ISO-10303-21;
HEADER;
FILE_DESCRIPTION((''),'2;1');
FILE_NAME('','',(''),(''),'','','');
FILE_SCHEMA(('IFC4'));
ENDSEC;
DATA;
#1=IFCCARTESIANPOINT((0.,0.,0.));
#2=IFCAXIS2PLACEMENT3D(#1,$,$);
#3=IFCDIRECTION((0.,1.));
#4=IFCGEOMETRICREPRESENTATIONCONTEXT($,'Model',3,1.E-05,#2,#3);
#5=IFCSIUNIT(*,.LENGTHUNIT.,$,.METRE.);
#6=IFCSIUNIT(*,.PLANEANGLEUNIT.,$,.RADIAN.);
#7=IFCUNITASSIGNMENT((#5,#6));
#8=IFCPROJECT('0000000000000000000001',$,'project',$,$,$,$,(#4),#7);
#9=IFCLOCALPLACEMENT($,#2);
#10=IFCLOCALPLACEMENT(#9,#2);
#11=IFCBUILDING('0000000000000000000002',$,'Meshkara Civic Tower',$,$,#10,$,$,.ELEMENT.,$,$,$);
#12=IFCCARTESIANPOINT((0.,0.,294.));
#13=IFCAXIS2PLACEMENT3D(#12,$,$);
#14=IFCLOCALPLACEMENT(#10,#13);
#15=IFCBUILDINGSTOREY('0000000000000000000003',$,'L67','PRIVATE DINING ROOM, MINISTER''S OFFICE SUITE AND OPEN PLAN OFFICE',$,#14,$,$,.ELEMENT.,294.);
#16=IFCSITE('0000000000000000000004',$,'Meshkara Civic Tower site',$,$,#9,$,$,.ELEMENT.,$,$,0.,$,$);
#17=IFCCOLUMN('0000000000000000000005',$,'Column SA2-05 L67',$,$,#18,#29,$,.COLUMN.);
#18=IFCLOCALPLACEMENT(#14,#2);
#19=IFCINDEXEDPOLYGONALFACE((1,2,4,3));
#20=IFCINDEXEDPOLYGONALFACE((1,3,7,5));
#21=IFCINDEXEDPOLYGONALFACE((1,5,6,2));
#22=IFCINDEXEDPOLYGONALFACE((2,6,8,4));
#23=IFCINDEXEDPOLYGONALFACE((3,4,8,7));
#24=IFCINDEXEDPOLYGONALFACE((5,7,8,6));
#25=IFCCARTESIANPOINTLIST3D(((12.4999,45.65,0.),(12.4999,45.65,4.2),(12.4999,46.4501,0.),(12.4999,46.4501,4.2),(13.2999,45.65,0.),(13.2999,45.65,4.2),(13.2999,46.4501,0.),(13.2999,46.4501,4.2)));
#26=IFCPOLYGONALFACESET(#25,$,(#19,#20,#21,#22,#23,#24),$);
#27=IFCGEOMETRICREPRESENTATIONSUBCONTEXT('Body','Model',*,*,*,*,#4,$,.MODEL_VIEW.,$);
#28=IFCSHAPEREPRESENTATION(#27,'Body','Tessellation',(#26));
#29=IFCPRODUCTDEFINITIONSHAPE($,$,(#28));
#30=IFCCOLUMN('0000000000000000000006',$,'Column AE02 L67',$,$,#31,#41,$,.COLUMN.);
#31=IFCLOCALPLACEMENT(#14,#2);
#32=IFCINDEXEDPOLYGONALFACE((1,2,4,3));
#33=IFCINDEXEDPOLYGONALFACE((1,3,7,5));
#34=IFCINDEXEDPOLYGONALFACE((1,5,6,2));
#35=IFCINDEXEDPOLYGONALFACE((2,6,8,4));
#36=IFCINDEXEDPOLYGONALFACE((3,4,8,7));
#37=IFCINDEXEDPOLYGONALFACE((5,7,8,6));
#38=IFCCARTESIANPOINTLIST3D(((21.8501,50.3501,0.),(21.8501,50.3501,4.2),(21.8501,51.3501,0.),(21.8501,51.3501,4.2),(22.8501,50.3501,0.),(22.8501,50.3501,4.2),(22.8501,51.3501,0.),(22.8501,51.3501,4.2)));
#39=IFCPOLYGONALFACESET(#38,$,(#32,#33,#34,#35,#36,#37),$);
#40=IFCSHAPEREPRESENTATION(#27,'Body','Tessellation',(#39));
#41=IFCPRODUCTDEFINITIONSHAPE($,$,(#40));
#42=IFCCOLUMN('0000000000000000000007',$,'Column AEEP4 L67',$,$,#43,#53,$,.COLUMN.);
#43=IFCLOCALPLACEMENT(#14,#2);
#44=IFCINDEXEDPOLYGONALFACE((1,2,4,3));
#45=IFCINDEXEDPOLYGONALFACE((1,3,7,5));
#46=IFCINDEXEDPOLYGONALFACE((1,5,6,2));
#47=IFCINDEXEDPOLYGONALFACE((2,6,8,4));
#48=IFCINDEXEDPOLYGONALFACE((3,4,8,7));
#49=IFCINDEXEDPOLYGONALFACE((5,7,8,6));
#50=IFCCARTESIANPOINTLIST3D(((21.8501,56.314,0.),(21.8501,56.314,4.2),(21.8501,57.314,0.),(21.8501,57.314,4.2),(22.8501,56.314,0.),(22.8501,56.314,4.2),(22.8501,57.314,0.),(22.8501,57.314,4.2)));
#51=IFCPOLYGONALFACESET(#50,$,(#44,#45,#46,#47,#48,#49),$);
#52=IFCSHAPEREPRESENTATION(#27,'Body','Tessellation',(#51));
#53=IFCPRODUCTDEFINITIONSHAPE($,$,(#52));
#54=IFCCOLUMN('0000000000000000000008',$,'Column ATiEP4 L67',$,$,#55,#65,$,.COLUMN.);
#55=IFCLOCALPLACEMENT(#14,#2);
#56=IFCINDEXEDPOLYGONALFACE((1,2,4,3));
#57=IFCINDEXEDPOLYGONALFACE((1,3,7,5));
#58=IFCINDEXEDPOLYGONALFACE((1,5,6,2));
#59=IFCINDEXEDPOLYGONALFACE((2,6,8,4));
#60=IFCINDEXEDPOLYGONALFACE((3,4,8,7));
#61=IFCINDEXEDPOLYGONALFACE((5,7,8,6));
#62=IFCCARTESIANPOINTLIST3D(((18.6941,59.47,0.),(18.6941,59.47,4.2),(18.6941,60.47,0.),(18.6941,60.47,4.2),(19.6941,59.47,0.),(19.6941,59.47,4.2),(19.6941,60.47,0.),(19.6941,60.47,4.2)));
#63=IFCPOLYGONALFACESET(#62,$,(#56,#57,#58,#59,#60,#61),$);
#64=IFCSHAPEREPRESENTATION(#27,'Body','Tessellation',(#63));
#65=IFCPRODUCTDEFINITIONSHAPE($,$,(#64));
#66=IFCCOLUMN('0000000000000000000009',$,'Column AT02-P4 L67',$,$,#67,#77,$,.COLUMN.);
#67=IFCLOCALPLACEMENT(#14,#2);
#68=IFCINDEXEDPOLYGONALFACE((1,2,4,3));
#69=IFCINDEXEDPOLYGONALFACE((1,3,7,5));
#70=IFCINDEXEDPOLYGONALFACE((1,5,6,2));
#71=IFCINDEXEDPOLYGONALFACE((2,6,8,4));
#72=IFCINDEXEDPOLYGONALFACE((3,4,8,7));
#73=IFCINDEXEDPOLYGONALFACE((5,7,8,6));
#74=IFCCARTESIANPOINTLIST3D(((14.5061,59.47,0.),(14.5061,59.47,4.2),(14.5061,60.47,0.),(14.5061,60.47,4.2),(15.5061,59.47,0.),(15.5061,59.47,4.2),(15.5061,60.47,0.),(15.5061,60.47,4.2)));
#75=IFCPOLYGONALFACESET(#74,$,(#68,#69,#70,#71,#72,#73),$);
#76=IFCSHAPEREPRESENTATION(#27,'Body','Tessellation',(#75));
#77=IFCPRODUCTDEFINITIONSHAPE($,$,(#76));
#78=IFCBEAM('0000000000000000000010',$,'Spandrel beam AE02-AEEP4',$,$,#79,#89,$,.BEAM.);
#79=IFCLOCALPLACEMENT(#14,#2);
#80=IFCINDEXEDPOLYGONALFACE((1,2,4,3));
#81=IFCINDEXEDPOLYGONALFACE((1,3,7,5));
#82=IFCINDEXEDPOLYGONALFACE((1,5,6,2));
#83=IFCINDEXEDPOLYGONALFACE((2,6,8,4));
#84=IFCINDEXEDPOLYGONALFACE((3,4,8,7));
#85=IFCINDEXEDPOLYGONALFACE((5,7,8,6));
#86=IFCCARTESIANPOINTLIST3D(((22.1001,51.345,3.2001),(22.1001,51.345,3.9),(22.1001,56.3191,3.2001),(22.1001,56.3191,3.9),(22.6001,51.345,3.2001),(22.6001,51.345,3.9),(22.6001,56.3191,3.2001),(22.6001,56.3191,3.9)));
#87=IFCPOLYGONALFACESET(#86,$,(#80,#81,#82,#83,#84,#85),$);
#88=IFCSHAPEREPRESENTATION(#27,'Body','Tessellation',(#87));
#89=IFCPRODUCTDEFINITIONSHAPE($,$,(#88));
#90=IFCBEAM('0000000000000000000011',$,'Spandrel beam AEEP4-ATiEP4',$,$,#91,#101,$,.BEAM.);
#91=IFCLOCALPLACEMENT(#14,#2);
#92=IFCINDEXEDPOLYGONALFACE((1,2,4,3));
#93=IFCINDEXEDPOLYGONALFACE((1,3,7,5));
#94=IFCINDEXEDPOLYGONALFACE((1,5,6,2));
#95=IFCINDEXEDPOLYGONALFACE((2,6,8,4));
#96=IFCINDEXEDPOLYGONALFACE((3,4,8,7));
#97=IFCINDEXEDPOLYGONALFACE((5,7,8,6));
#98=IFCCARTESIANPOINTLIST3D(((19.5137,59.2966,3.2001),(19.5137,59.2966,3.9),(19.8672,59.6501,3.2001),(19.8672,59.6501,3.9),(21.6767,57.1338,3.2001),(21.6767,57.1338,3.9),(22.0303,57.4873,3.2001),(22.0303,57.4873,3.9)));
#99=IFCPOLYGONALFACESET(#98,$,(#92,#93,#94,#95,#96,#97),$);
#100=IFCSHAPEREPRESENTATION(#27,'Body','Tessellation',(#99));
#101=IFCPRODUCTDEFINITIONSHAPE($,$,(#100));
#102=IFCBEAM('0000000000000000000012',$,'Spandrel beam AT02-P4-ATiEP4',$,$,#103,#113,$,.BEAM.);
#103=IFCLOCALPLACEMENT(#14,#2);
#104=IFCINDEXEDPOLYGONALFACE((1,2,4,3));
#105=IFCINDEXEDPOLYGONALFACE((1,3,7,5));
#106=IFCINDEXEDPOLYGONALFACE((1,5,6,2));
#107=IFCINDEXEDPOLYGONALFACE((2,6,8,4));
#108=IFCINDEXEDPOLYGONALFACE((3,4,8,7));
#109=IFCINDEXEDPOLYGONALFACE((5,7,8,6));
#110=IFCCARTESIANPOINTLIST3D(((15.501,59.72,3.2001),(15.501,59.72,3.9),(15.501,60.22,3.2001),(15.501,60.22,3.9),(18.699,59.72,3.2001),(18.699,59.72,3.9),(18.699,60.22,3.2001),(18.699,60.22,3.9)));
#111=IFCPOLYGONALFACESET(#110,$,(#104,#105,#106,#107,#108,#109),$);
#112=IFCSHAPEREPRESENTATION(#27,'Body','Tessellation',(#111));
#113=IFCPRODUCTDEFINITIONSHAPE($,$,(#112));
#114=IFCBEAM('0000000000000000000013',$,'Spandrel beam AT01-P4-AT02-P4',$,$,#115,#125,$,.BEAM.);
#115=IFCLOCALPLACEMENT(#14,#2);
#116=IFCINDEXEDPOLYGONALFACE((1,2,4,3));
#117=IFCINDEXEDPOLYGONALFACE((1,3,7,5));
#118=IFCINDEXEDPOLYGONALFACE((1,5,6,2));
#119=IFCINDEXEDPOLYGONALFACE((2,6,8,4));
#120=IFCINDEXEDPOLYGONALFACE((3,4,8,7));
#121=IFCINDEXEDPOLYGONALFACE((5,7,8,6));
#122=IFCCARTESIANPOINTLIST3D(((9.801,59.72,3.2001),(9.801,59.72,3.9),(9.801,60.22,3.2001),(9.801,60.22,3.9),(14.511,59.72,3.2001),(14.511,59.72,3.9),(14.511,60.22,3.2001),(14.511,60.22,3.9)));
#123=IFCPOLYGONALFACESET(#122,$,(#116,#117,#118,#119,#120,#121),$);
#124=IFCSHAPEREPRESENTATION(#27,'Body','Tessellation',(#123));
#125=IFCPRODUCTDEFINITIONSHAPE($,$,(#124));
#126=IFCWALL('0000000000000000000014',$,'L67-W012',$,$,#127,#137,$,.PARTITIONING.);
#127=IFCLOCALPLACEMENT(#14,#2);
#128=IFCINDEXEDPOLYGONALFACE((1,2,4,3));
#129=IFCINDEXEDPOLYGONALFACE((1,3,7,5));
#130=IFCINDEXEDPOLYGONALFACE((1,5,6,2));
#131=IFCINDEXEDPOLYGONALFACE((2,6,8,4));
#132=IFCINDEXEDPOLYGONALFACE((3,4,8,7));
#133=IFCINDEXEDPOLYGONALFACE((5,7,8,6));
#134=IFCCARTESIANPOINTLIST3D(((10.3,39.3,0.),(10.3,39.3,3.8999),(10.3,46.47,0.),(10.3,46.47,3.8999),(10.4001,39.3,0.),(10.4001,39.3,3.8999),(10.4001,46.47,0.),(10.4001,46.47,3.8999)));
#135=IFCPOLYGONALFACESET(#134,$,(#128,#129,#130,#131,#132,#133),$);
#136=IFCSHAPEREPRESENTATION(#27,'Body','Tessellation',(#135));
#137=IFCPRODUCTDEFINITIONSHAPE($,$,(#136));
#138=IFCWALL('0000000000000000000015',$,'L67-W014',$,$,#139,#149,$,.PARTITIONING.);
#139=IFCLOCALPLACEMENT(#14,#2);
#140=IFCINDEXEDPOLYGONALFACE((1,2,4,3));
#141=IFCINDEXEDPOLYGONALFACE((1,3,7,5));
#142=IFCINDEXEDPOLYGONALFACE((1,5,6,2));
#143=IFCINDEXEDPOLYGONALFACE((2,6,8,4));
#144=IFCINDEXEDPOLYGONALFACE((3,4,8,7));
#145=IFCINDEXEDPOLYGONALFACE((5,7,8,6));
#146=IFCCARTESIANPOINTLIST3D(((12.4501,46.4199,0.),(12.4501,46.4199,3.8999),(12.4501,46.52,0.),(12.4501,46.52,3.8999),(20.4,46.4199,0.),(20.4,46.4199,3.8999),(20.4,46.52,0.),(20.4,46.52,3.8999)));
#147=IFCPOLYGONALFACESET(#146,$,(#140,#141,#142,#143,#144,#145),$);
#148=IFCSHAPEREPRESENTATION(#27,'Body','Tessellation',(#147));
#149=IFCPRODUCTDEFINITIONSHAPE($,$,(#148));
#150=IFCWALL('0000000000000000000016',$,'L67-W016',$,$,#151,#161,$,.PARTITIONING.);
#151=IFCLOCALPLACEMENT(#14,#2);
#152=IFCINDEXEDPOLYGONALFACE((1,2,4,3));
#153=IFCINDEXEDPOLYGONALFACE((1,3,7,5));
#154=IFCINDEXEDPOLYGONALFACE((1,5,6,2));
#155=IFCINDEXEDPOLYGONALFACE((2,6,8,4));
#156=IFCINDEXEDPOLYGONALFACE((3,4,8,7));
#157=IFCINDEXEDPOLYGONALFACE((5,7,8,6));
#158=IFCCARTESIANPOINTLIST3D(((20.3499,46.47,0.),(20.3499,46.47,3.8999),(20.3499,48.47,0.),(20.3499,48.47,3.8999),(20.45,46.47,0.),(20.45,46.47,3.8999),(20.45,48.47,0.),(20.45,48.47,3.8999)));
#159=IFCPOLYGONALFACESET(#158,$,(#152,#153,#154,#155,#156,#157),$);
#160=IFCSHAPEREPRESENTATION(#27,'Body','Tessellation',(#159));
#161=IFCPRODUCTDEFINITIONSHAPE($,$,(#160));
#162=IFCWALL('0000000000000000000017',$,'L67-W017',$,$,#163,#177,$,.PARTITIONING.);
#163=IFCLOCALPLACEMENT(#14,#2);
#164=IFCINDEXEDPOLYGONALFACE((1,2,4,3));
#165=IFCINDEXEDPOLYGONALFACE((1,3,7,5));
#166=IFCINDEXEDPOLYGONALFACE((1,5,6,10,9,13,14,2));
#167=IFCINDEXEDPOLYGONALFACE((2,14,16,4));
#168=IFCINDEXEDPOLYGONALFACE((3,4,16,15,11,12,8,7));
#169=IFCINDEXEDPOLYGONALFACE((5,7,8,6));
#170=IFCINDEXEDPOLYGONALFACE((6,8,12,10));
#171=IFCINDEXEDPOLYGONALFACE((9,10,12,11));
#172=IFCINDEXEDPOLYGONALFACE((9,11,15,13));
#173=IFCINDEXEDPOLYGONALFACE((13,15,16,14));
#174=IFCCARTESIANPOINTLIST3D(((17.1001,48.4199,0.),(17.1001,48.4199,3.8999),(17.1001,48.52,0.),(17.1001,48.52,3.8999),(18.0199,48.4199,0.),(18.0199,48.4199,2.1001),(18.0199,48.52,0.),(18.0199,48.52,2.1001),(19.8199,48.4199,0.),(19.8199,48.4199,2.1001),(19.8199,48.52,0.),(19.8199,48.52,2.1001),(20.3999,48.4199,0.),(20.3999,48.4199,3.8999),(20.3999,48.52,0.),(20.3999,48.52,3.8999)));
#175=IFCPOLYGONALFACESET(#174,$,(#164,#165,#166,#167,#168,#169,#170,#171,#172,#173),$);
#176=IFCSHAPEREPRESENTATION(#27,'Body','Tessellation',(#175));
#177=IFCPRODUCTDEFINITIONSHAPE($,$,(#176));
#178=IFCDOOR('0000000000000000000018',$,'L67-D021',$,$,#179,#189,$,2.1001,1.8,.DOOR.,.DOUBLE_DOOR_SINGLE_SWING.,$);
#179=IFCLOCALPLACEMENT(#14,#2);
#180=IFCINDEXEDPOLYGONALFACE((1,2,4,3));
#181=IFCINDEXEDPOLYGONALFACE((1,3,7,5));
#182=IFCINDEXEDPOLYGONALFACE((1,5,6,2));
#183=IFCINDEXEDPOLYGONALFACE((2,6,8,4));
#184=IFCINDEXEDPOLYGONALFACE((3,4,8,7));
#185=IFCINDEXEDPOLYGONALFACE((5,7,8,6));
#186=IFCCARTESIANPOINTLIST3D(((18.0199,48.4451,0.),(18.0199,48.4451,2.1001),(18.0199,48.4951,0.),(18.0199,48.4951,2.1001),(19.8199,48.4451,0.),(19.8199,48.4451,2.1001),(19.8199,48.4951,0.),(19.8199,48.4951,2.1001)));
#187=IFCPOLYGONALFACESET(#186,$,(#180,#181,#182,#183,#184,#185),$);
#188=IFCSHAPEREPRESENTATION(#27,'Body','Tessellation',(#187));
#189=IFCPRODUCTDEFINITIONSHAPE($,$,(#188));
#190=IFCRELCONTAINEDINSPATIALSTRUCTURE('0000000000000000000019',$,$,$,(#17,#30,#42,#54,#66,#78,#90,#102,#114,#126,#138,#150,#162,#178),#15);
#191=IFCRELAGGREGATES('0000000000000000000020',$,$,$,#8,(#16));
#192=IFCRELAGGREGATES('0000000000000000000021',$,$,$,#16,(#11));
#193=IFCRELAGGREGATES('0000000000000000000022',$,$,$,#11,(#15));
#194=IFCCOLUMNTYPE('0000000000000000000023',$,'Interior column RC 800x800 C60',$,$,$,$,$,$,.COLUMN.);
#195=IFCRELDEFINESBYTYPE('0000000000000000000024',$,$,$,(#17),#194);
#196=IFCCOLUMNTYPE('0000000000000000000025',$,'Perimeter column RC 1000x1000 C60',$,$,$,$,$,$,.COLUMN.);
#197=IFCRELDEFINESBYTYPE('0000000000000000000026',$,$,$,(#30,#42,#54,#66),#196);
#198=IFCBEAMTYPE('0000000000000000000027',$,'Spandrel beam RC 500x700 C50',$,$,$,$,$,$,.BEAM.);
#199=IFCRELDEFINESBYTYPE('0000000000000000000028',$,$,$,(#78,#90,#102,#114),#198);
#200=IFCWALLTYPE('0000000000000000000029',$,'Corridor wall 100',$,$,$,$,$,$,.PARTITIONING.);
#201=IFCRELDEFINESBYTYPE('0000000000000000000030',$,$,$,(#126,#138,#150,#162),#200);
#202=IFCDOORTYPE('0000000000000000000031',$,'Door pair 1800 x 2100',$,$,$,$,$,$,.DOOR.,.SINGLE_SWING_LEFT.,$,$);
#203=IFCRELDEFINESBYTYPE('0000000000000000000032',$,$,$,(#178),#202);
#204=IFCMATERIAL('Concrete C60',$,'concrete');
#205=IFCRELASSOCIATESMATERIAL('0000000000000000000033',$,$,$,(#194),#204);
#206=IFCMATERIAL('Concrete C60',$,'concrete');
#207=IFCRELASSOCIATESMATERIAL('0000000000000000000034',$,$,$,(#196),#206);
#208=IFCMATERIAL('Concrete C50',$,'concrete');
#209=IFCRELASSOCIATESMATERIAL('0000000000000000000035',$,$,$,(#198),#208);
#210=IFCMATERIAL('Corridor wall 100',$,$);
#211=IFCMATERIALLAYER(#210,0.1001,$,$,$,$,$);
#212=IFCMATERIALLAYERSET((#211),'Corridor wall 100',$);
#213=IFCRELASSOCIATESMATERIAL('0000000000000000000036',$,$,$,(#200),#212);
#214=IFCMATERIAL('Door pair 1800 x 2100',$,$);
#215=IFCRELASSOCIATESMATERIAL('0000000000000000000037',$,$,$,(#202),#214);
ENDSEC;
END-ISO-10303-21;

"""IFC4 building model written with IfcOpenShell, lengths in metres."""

from ifc_helpers import new_model, si_unit, direction, frame, frame_2d, origin, origin_2d, place, context, subcontext, project, spatial, rectangle, extrude, material, layer, layer_set, material_profile, profile_set, type_object, element, fill, save


model = new_model("IFC4")

# Units and contexts
model_context = context("Model", 3, precision=1e-05, world=origin(), true_north=direction((0.0, 1.0)))
body_context = subcontext(model_context, "Body", "Model", "MODEL_VIEW")
ifc_project = project(units=[si_unit("LENGTHUNIT", "METRE"), si_unit("PLANEANGLEUNIT", "RADIAN")], contexts=[model_context])

# Site, building, storey
site_placement = place(None, origin())
site = spatial("IfcSite", under=ifc_project, at=site_placement, Name="Meshkara Civic Tower site", CompositionType="ELEMENT", RefElevation=0.0)
building_placement = place(site_placement, origin())
building = spatial("IfcBuilding", under=site, at=building_placement, Name="Meshkara Civic Tower", CompositionType="ELEMENT")
storey_placement = place(building_placement, frame((0.0, 0.0, 294.0)))
storey = spatial("IfcBuildingStorey", under=building, at=storey_placement, Name="L67", Description="PRIVATE DINING ROOM, MINISTER'S OFFICE SUITE AND OPEN PLAN OFFICE", CompositionType="ELEMENT", Elevation=294.0)

# Columns
ifc_material_1 = material(Name="Concrete C60", Category="concrete")
ifc_material_profile_1 = material_profile(ifc_material_1, rectangle(XDim=0.8, YDim=0.8, at=origin_2d()))
ifc_profile_set_1 = profile_set([ifc_material_profile_1], Name="Concrete C60")
column_type_1 = type_object("IfcColumnType", Name="Interior column RC 800x800 C60", PredefinedType="COLUMN", material=ifc_profile_set_1)
column_placement = place(storey_placement, frame((12.8999, 46.05, 0.0), z_axis=(0.0, 0.0, 1.0), x_axis=(1.0, 0.0, 0.0)))
element("IfcColumn", 1, at=column_placement, inside=storey, type_object=column_type_1, Name="Column SA2-05 L67", PredefinedType="COLUMN", context=body_context, shape_type="SweptSolid", body=[
    extrude(rectangle(XDim=0.8, YDim=0.8, at=origin_2d()), origin(), (0.0, 0.0, 1.0), 4.2),
])
ifc_material_2 = material(Name="Concrete C60", Category="concrete")
ifc_material_profile_2 = material_profile(ifc_material_2, rectangle(XDim=1.0, YDim=1.0, at=origin_2d()))
ifc_profile_set_2 = profile_set([ifc_material_profile_2], Name="Concrete C60")
column_type_2 = type_object("IfcColumnType", Name="Perimeter column RC 1000x1000 C60", PredefinedType="COLUMN", material=ifc_profile_set_2)
for number, where, z_axis, x_axis, name in (
    (2, (22.3501, 50.8501, 0.0), (0.0, 0.0, 1.0), (1.0, 0.0, 0.0), "Column AE02 L67"),
    (3, (22.3501, 56.814, 0.0), (0.0, 0.0, 1.0), (1.0, 0.0, 0.0), "Column AEEP4 L67"),
    (4, (19.1941, 59.97, 0.0), (0.0, 0.0, 1.0), (1.0, 0.0, 0.0), "Column ATiEP4 L67"),
    (5, (15.0061, 59.97, 0.0), (0.0, 0.0, 1.0), (1.0, 0.0, 0.0), "Column AT02-P4 L67"),
):
    element("IfcColumn", number, at=place(storey_placement, frame(where, z_axis=z_axis, x_axis=x_axis)), inside=storey, type_object=column_type_2, Name=name, PredefinedType="COLUMN", context=body_context, shape_type="SweptSolid", body=[
        extrude(rectangle(XDim=1.0, YDim=1.0, at=origin_2d()), origin(), (0.0, 0.0, 1.0), 4.2),
    ])

# Beams
ifc_material_3 = material(Name="Concrete C50", Category="concrete")
ifc_material_profile_3 = material_profile(ifc_material_3, rectangle(XDim=0.5, YDim=0.7, at=origin_2d()))
ifc_profile_set_3 = profile_set([ifc_material_profile_3], Name="Concrete C50")
beam_type = type_object("IfcBeamType", Name="Spandrel beam RC 500x700 C50", PredefinedType="BEAM", material=ifc_profile_set_3)
beam_1_placement = place(storey_placement, frame((22.3501, 51.345, 3.55), z_axis=(0.0, 1.0, 0.0), x_axis=(-1.0, 0.0, 0.0)))
element("IfcBeam", 6, at=beam_1_placement, inside=storey, type_object=beam_type, Name="Spandrel beam AE02-AEEP4", PredefinedType="BEAM", context=body_context, shape_type="SweptSolid", body=[
    extrude(rectangle(XDim=0.5, YDim=0.7, at=origin_2d()), origin(), (0.0, 0.0, 1.0), 4.9741),
])
beam_2_placement = place(storey_placement, frame((21.8535, 57.3105, 3.55), z_axis=(-0.707147, 0.707067, 0.0), x_axis=(-0.707067, -0.707147, 0.0)))
element("IfcBeam", 7, at=beam_2_placement, inside=storey, type_object=beam_type, Name="Spandrel beam AEEP4-ATiEP4", PredefinedType="BEAM", context=body_context, shape_type="SweptSolid", body=[
    extrude(rectangle(XDim=0.5, YDim=0.7, at=origin_2d()), origin(), (0.0, 0.0, 1.0), 3.0588),
])
beam_3_placement = place(storey_placement, frame((18.699, 59.97, 3.55), z_axis=(-1.0, 0.0, 0.0), x_axis=(0.0, -1.0, 0.0)))
element("IfcBeam", 8, at=beam_3_placement, inside=storey, type_object=beam_type, Name="Spandrel beam AT02-P4-ATiEP4", PredefinedType="BEAM", context=body_context, shape_type="SweptSolid", body=[
    extrude(rectangle(XDim=0.5, YDim=0.7, at=origin_2d()), origin(), (0.0, 0.0, 1.0), 3.198),
])
beam_4_placement = place(storey_placement, frame((14.511, 59.97, 3.55), z_axis=(-1.0, 0.0, 0.0), x_axis=(0.0, -1.0, 0.0)))
element("IfcBeam", 9, at=beam_4_placement, inside=storey, type_object=beam_type, Name="Spandrel beam AT01-P4-AT02-P4", PredefinedType="BEAM", context=body_context, shape_type="SweptSolid", body=[
    extrude(rectangle(XDim=0.5, YDim=0.7, at=origin_2d()), origin(), (0.0, 0.0, 1.0), 4.71),
])

# Walls
ifc_material_4 = material(Name="Corridor wall 100")
ifc_layer_1 = layer(ifc_material_4, 0.1001)
ifc_layer_set_1 = layer_set([ifc_layer_1], Name="Corridor wall 100")
wall_type_1 = type_object("IfcWallType", Name="Corridor wall 100", PredefinedType="PARTITIONING", material=ifc_layer_set_1)
wall_1_placement = place(storey_placement, frame((10.3501, 46.47, 0.0), z_axis=(0.0, 0.0, 1.0), x_axis=(0.0, -1.0, 0.0)))
element("IfcWall", 10, at=wall_1_placement, inside=storey, type_object=wall_type_1, Name="L67-W012", PredefinedType="PARTITIONING", context=body_context, shape_type="SweptSolid", body=[
    extrude(rectangle(XDim=7.1699, YDim=0.1001, at=frame_2d((3.585, 0.0))), origin(), (0.0, 0.0, 1.0), 3.8999),
])
wall_2_placement = place(storey_placement, frame((12.45, 46.47, 0.0), z_axis=(0.0, 0.0, 1.0), x_axis=(1.0, 0.0, 0.0)))
element("IfcWall", 11, at=wall_2_placement, inside=storey, type_object=wall_type_1, Name="L67-W014", PredefinedType="PARTITIONING", context=body_context, shape_type="SweptSolid", body=[
    extrude(rectangle(XDim=7.95, YDim=0.1001, at=frame_2d((3.9751, 0.0))), origin(), (0.0, 0.0, 1.0), 3.8999),
])
wall_3_placement = place(storey_placement, frame((20.3999, 46.47, 0.0), z_axis=(0.0, 0.0, 1.0), x_axis=(0.0, 1.0, 0.0)))
element("IfcWall", 12, at=wall_3_placement, inside=storey, type_object=wall_type_1, Name="L67-W016", PredefinedType="PARTITIONING", context=body_context, shape_type="SweptSolid", body=[
    extrude(rectangle(XDim=2.0, YDim=0.1001, at=frame_2d((1.0, 0.0))), origin(), (0.0, 0.0, 1.0), 3.8999),
])

# Wall, opening, door
wall_4_placement = place(storey_placement, frame((20.3999, 48.47, 0.0), z_axis=(0.0, 0.0, 1.0), x_axis=(-1.0, 0.0, 0.0)))
wall_4 = element("IfcWall", 13, at=wall_4_placement, inside=storey, type_object=wall_type_1, Name="L67-W017", PredefinedType="PARTITIONING", context=body_context, shape_type="SweptSolid", body=[
    extrude(rectangle(XDim=3.2998, YDim=0.1001, at=frame_2d((1.6499, 0.0))), origin(), (0.0, 0.0, 1.0), 3.8999),
])
opening_1_placement = place(wall_4_placement, frame((0.5801, 0.0, 0.0)))
opening_1 = element("IfcOpeningElement", 14, at=opening_1_placement, cuts=wall_4, PredefinedType="OPENING", context=body_context, shape_type="SweptSolid", body=[
    extrude(rectangle(XDim=1.8, YDim=2.1001, at=frame_2d((0.8999, 1.05))), frame((0.0, 0.0601, 0.0), z_axis=(0.0, -1.0, 0.0), x_axis=(1.0, 0.0, 0.0)), (0.0, 0.0, 1.0), 0.1201),
])
ifc_material_5 = material(Name="Door pair 1800 x 2100")
door_type = type_object("IfcDoorType", Name="Door pair 1800 x 2100", OperationType="SINGLE_SWING_LEFT", PredefinedType="DOOR", material=ifc_material_5)
door_placement = place(opening_1_placement, origin())
door = element("IfcDoor", 15, at=door_placement, inside=storey, type_object=door_type, Name="L67-D021", OperationType="DOUBLE_DOOR_SINGLE_SWING", OverallHeight=2.1001, OverallWidth=1.8, PredefinedType="DOOR", context=body_context, shape_type="SweptSolid", body=[
    extrude(rectangle(XDim=1.8, YDim=2.1001, at=frame_2d((0.8999, 1.05))), frame((0.0, 0.0249, 0.0), z_axis=(0.0, -1.0, 0.0), x_axis=(1.0, 0.0, 0.0)), (0.0, 0.0, 1.0), 0.05),
])
fill(opening_1, door)

save(model, "model.ifc")
